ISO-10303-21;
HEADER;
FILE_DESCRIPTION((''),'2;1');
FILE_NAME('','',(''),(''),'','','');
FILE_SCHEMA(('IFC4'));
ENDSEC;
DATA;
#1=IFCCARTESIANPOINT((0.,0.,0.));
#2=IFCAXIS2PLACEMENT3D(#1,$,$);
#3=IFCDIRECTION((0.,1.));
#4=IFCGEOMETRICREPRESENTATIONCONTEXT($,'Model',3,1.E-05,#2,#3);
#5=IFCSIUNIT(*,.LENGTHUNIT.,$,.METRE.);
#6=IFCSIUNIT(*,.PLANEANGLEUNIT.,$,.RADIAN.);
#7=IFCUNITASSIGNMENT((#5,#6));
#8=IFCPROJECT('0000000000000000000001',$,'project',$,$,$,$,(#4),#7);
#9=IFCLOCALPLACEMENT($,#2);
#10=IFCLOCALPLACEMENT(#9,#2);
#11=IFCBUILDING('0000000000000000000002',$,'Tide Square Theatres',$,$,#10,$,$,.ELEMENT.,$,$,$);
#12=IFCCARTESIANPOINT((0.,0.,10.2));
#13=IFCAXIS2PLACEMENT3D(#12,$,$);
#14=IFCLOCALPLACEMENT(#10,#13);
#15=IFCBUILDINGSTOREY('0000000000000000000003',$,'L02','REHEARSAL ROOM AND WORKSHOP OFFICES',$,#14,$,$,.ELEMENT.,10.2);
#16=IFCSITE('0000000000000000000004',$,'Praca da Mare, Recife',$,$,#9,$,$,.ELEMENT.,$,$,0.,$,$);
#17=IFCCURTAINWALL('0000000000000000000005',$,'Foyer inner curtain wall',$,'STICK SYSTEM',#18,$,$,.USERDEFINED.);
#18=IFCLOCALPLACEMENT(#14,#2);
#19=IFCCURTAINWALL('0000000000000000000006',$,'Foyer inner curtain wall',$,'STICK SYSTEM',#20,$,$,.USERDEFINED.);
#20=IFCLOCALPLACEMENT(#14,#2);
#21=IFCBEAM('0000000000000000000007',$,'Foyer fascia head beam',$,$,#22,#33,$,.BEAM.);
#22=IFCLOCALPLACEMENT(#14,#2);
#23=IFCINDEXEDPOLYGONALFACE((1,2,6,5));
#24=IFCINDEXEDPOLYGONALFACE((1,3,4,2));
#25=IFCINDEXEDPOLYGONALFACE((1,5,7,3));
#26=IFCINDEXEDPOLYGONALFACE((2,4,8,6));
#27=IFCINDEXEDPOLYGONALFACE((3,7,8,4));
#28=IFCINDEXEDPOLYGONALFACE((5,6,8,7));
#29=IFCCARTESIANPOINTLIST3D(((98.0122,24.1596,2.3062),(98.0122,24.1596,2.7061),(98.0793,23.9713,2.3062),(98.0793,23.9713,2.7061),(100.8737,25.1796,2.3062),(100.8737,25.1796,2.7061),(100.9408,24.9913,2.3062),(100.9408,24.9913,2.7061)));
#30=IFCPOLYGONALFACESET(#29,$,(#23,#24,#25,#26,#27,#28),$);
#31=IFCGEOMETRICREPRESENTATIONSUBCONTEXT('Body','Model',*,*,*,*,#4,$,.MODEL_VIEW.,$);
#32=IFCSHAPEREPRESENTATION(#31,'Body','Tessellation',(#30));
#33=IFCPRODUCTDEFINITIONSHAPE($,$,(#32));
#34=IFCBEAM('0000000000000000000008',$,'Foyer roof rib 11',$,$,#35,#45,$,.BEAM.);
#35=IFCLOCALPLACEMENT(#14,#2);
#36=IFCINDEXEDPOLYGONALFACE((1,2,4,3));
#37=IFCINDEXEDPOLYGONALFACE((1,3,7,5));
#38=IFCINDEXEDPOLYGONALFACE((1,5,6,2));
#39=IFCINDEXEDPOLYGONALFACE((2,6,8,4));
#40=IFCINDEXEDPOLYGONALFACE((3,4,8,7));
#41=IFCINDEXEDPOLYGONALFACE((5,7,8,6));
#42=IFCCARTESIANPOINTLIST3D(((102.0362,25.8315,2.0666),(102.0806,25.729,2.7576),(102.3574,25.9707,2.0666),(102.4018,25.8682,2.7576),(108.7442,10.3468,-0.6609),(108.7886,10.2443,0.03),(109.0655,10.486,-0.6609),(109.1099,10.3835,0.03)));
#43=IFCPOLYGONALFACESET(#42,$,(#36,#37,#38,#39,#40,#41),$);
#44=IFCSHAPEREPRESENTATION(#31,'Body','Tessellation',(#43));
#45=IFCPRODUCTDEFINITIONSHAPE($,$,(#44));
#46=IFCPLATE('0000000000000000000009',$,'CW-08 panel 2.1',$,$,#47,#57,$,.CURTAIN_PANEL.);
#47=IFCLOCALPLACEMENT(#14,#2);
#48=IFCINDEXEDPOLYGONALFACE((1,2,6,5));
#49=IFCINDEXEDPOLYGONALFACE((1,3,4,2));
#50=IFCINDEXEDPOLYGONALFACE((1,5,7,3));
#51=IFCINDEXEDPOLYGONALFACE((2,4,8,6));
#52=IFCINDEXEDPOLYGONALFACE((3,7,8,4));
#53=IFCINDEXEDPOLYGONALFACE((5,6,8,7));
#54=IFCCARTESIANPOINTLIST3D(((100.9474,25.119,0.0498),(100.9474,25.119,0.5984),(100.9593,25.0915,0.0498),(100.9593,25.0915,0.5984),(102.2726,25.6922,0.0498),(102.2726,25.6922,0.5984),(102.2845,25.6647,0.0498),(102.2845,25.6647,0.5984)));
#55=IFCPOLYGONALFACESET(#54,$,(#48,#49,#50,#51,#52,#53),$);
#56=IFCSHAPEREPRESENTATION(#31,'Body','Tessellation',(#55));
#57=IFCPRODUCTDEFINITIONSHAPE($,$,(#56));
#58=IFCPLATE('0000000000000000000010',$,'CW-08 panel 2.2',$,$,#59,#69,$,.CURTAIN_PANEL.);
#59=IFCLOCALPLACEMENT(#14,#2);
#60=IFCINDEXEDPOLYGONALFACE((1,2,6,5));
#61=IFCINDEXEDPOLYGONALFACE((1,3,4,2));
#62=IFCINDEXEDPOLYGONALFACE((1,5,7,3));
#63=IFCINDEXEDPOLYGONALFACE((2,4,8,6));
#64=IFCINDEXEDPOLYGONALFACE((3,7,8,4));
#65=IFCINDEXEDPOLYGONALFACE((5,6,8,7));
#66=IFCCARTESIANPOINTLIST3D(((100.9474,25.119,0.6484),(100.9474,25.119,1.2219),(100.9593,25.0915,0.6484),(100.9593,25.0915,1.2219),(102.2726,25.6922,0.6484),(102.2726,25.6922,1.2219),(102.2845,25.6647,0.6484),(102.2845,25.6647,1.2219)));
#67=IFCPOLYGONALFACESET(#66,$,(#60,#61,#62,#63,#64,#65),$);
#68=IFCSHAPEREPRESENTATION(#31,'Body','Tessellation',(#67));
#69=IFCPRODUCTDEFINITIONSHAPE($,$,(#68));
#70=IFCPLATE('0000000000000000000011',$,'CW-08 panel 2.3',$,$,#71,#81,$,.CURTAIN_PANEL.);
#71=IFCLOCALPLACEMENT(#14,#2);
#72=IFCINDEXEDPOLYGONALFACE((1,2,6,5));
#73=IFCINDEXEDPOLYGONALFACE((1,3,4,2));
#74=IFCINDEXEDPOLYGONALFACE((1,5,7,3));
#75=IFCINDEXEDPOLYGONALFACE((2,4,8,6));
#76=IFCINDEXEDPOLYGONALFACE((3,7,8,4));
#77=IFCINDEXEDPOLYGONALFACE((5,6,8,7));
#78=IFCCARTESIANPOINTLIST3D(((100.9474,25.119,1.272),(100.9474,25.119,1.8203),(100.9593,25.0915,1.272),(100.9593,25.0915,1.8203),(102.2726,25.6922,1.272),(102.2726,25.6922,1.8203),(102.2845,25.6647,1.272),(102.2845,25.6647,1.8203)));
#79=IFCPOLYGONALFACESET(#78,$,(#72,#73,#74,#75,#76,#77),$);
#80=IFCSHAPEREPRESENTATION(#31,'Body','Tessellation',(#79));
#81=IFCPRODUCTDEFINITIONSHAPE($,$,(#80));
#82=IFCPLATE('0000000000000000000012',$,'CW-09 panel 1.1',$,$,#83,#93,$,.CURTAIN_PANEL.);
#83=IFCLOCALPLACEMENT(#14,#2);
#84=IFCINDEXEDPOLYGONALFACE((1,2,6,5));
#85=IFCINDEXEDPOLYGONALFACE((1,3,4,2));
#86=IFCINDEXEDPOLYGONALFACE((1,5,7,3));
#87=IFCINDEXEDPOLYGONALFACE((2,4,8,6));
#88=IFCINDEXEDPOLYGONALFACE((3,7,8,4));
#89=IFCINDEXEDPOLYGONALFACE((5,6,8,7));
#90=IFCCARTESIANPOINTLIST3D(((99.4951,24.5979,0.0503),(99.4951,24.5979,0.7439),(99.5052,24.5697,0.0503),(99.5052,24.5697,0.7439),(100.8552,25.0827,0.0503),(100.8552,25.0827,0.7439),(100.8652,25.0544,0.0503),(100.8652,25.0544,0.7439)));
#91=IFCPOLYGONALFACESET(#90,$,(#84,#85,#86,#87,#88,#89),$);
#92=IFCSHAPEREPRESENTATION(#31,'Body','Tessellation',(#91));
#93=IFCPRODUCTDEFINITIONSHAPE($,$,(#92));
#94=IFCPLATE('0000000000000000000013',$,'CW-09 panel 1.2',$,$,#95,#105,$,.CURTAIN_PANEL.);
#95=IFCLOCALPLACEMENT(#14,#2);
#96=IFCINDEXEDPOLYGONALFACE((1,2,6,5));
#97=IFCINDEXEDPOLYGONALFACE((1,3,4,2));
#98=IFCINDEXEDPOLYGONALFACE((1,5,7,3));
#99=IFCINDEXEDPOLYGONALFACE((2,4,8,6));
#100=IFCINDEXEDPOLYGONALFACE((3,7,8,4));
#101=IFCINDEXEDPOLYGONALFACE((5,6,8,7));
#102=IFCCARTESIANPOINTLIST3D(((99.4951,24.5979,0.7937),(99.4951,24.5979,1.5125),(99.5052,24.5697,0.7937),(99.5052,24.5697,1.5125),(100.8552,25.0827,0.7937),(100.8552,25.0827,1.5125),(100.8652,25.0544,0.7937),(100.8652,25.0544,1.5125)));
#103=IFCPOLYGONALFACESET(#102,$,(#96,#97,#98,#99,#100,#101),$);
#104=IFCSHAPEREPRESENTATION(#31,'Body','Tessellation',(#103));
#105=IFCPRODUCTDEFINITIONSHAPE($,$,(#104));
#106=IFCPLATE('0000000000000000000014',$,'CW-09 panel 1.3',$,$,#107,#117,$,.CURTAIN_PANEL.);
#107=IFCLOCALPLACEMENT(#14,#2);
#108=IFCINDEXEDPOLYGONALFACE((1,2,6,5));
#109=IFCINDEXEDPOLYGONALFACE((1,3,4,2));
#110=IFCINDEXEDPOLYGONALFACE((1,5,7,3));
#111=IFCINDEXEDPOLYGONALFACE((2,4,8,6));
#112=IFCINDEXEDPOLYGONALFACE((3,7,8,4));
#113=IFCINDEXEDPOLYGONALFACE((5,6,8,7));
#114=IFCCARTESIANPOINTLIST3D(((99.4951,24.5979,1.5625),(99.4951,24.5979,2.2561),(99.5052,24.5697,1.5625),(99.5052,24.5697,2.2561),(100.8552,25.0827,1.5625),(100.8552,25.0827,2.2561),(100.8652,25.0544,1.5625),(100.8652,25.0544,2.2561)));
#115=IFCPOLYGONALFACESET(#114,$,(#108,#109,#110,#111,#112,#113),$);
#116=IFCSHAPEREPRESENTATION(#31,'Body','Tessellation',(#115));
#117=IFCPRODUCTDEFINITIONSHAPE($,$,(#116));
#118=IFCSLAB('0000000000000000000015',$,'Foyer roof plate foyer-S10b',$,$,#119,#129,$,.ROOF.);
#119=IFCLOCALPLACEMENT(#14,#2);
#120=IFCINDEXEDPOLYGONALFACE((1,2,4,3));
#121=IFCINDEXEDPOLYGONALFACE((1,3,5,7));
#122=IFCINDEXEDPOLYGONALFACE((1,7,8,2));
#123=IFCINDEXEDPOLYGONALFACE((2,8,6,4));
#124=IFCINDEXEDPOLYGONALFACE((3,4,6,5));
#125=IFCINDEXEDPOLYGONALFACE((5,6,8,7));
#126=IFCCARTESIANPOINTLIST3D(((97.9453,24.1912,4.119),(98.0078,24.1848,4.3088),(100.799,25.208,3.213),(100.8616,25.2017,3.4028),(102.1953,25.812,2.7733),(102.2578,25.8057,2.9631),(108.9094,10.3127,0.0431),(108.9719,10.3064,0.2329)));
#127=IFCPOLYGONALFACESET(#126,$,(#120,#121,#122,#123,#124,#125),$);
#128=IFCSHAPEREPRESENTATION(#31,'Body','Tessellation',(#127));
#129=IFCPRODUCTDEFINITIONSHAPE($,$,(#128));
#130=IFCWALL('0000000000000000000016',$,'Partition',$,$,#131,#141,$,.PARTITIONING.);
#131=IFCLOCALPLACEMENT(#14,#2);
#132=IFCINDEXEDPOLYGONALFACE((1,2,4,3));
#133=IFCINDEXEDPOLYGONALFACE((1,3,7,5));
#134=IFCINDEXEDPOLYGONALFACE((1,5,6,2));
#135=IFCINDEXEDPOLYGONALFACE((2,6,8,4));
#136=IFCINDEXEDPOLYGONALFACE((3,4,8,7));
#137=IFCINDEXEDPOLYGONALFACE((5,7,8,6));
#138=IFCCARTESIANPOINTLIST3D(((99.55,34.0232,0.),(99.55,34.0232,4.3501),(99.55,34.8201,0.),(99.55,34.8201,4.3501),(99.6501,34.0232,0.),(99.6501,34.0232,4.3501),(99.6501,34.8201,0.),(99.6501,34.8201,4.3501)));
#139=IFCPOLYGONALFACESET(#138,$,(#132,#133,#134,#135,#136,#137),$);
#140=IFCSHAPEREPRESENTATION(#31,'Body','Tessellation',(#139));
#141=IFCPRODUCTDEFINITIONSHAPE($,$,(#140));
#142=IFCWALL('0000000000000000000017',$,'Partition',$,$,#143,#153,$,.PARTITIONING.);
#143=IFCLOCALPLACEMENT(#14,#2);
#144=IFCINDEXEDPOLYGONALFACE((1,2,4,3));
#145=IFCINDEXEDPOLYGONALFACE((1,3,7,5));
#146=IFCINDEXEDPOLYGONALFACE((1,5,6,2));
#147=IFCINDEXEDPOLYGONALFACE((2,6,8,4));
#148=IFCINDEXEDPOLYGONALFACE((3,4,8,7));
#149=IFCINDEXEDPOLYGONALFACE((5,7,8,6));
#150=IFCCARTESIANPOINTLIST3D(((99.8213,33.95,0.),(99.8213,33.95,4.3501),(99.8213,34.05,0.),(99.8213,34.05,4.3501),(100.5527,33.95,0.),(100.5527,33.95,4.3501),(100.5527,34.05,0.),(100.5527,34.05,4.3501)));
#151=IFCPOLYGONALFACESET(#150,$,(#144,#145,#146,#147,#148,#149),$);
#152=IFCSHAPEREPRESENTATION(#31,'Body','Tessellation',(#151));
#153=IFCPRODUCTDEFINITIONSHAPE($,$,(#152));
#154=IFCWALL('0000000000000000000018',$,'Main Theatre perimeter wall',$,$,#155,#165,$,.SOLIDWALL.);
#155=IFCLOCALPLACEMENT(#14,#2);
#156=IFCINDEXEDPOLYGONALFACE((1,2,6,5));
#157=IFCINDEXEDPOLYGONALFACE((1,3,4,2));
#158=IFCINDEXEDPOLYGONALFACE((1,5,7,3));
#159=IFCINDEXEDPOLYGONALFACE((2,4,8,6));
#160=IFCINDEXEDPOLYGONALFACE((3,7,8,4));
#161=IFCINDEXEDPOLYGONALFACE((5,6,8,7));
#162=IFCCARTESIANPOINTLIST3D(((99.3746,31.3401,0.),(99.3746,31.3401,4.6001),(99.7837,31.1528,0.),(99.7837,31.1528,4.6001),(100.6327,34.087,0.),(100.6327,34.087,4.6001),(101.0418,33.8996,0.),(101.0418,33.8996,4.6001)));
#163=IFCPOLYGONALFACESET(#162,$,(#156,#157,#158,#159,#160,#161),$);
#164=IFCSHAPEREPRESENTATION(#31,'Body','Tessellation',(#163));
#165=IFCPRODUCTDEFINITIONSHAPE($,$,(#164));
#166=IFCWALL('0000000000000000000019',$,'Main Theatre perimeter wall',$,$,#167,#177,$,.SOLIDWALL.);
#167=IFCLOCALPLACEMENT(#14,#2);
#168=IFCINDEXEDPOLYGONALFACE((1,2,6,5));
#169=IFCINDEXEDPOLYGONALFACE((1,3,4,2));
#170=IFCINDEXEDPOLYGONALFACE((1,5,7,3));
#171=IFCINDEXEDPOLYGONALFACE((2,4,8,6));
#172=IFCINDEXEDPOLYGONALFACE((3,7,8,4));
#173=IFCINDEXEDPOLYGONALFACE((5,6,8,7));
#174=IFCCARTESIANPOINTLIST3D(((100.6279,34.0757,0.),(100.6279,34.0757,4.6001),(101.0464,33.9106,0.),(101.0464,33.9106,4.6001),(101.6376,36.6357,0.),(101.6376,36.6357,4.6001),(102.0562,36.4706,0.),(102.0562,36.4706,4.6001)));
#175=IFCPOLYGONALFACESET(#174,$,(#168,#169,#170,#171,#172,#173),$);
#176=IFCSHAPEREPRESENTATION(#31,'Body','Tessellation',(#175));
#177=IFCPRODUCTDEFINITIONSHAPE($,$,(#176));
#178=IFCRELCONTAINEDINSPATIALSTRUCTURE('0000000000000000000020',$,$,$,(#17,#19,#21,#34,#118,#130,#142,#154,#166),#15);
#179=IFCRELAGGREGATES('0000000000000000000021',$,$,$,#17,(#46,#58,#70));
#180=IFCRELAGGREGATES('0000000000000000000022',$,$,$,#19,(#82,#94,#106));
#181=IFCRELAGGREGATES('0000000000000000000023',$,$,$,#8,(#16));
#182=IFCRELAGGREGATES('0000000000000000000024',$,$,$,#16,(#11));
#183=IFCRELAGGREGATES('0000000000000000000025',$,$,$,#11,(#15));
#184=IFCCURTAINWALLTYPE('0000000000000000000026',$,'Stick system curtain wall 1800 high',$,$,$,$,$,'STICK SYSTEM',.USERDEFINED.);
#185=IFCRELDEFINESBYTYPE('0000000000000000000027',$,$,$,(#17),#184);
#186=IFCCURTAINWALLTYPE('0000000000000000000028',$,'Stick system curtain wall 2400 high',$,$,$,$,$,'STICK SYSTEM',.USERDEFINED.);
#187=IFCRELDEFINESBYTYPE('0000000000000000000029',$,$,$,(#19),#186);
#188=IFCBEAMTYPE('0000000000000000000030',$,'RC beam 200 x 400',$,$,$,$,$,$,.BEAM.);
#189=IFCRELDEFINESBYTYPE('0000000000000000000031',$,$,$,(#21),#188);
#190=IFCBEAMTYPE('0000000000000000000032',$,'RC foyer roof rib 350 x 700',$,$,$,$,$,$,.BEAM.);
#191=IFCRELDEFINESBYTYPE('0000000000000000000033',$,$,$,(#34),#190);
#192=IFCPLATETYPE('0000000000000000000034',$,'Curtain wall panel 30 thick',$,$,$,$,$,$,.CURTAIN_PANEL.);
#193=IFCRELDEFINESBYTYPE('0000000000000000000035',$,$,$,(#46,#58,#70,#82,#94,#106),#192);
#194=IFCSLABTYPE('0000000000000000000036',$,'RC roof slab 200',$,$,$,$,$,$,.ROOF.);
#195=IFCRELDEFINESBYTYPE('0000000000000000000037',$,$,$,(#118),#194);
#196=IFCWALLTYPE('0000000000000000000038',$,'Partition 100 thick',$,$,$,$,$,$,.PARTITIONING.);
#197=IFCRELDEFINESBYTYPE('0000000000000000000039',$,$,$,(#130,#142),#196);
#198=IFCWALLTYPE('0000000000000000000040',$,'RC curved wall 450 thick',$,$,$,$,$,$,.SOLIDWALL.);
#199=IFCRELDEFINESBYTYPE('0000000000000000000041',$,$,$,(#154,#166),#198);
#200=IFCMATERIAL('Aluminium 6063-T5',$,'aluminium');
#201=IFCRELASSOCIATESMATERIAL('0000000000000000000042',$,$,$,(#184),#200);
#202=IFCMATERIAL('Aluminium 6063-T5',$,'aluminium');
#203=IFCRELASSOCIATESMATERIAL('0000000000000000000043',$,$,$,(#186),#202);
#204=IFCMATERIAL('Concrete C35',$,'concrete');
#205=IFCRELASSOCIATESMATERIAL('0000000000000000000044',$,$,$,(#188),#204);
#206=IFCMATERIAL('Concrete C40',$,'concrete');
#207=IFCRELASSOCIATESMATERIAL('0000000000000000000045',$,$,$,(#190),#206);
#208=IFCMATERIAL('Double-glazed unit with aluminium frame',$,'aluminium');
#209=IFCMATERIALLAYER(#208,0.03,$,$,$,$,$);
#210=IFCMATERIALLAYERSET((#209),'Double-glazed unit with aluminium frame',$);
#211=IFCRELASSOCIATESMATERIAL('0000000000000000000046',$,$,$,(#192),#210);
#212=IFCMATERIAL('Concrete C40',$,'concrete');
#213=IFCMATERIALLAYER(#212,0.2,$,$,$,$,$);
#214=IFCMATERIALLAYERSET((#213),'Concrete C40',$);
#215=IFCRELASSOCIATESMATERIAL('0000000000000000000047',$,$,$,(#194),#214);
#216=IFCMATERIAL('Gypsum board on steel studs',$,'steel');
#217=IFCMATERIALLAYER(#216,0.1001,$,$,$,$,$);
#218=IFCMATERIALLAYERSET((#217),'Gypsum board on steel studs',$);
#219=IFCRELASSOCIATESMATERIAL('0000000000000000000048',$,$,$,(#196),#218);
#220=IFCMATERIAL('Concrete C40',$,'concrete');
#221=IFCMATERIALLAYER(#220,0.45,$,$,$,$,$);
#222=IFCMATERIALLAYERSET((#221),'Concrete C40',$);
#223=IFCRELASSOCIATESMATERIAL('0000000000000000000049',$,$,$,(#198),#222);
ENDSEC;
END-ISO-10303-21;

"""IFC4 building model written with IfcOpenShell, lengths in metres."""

from ifc_helpers import new_model, si_unit, direction, frame, frame_2d, origin, origin_2d, place, context, subcontext, project, spatial, polyline, rectangle, outline, extrude, material, layer, layer_set, material_profile, profile_set, type_object, element, aggregate, save


model = new_model("IFC4")

# Units and contexts
model_context = context("Model", 3, precision=1e-05, world=origin(), true_north=direction((0.0, 1.0)))
body_context = subcontext(model_context, "Body", "Model", "MODEL_VIEW")
ifc_project = project(units=[si_unit("LENGTHUNIT", "METRE"), si_unit("PLANEANGLEUNIT", "RADIAN")], contexts=[model_context])

# Site, building, storey
site_placement = place(None, origin())
site = spatial("IfcSite", under=ifc_project, at=site_placement, Name="Praca da Mare, Recife", CompositionType="ELEMENT", RefElevation=0.0)
building_placement = place(site_placement, origin())
building = spatial("IfcBuilding", under=site, at=building_placement, Name="Tide Square Theatres", CompositionType="ELEMENT")
storey_placement = place(building_placement, frame((0.0, 0.0, 10.2)))
storey = spatial("IfcBuildingStorey", under=building, at=storey_placement, Name="L02", Description="REHEARSAL ROOM AND WORKSHOP OFFICES", CompositionType="ELEMENT", Elevation=10.2)

# Curtain walls
ifc_material_1 = material(Name="Aluminium 6063-T5", Category="aluminium")
curtain_wall_type_1 = type_object("IfcCurtainWallType", Name="Stick system curtain wall 1800 high", ElementType="STICK SYSTEM", PredefinedType="USERDEFINED", material=ifc_material_1)
curtain_wall_1_placement = place(storey_placement, origin())
curtain_wall_1 = element("IfcCurtainWall", 1, at=curtain_wall_1_placement, inside=storey, type_object=curtain_wall_type_1, Name="Foyer inner curtain wall", ObjectType="STICK SYSTEM", PredefinedType="USERDEFINED")
ifc_material_2 = material(Name="Aluminium 6063-T5", Category="aluminium")
curtain_wall_type_2 = type_object("IfcCurtainWallType", Name="Stick system curtain wall 2400 high", ElementType="STICK SYSTEM", PredefinedType="USERDEFINED", material=ifc_material_2)
curtain_wall_2_placement = place(storey_placement, origin())
curtain_wall_2 = element("IfcCurtainWall", 2, at=curtain_wall_2_placement, inside=storey, type_object=curtain_wall_type_2, Name="Foyer inner curtain wall", ObjectType="STICK SYSTEM", PredefinedType="USERDEFINED")

# Beams
ifc_material_3 = material(Name="Concrete C35", Category="concrete")
ifc_material_profile_1 = material_profile(ifc_material_3, rectangle(XDim=0.2, YDim=0.3999, at=origin_2d()))
ifc_profile_set_1 = profile_set([ifc_material_profile_1], Name="Concrete C35")
beam_type_1 = type_object("IfcBeamType", Name="RC beam 200 x 400", PredefinedType="BEAM", material=ifc_profile_set_1)
beam_1_placement = place(storey_placement, frame((100.9072, 25.0854, 2.5061), z_axis=(-0.941947, -0.335761, 0.0), x_axis=(0.335761, -0.941947, 0.0)))
element("IfcBeam", 3, at=beam_1_placement, inside=storey, type_object=beam_type_1, Name="Foyer fascia head beam", PredefinedType="BEAM", context=body_context, shape_type="SweptSolid", body=[
    extrude(rectangle(XDim=0.2, YDim=0.3999, at=origin_2d()), origin(), (0.0, 0.0, 1.0), 3.0378),
])
ifc_material_4 = material(Name="Concrete C40", Category="concrete")
ifc_material_profile_2 = material_profile(ifc_material_4, rectangle(XDim=0.3501, YDim=0.7, at=origin_2d()))
ifc_profile_set_2 = profile_set([ifc_material_profile_2], Name="Concrete C40")
beam_type_2 = type_object("IfcBeamType", Name="RC foyer roof rib 350 x 700", PredefinedType="BEAM", material=ifc_profile_set_2)
beam_2_placement = place(storey_placement, frame((102.219, 25.8499, 2.4121), z_axis=(0.392415, -0.905843, -0.15956), x_axis=(0.917599, 0.397508, 0.0)))
element("IfcBeam", 4, at=beam_2_placement, inside=storey, type_object=beam_type_2, Name="Foyer roof rib 11", PredefinedType="BEAM", context=body_context, shape_type="SweptSolid", body=[
    extrude(rectangle(XDim=0.3501, YDim=0.7, at=origin_2d()), origin(), (0.0, 0.0, 1.0), 17.0942),
])

# Plates
ifc_material_5 = material(Name="Double-glazed unit with aluminium frame", Category="aluminium")
ifc_layer_1 = layer(ifc_material_5, 0.03)
ifc_layer_set_1 = layer_set([ifc_layer_1], Name="Double-glazed unit with aluminium frame")
plate_type = type_object("IfcPlateType", Name="Curtain wall panel 30 thick", PredefinedType="CURTAIN_PANEL", material=ifc_layer_set_1)
plate_1_placement = place(storey_placement, frame((101.616, 25.3918, 0.0498), z_axis=(0.0, 0.0, 1.0), x_axis=(-0.917827, -0.39698, 0.0)))
plate_1 = element("IfcPlate", 5, at=plate_1_placement, type_object=plate_type, Name="CW-08 panel 2.1", PredefinedType="CURTAIN_PANEL", context=body_context, shape_type="SweptSolid", body=[
    extrude(rectangle(XDim=1.4438, YDim=0.03, at=origin_2d()), origin(), (0.0, 0.0, 1.0), 0.5486),
])
plate_2_placement = place(storey_placement, frame((101.616, 25.3918, 0.6484), z_axis=(0.0, 0.0, 1.0), x_axis=(-0.917827, -0.39698, 0.0)))
plate_2 = element("IfcPlate", 6, at=plate_2_placement, type_object=plate_type, Name="CW-08 panel 2.2", PredefinedType="CURTAIN_PANEL", context=body_context, shape_type="SweptSolid", body=[
    extrude(rectangle(XDim=1.4438, YDim=0.03, at=origin_2d()), origin(), (0.0, 0.0, 1.0), 0.5735),
])
plate_3_placement = place(storey_placement, frame((101.616, 25.3918, 1.272), z_axis=(0.0, 0.0, 1.0), x_axis=(-0.917827, -0.39698, 0.0)))
plate_3 = element("IfcPlate", 7, at=plate_3_placement, type_object=plate_type, Name="CW-08 panel 2.3", PredefinedType="CURTAIN_PANEL", context=body_context, shape_type="SweptSolid", body=[
    extrude(rectangle(XDim=1.4438, YDim=0.03, at=origin_2d()), origin(), (0.0, 0.0, 1.0), 0.5483),
])
aggregate(curtain_wall_1, [plate_1, plate_2, plate_3])
plate_4_placement = place(storey_placement, frame((100.1802, 24.8262, 0.0503), z_axis=(0.0, 0.0, 1.0), x_axis=(-0.941961, -0.335723, 0.0)))
plate_4 = element("IfcPlate", 8, at=plate_4_placement, type_object=plate_type, Name="CW-09 panel 1.1", PredefinedType="CURTAIN_PANEL", context=body_context, shape_type="SweptSolid", body=[
    extrude(rectangle(XDim=1.4438, YDim=0.03, at=origin_2d()), origin(), (0.0, 0.0, 1.0), 0.6936),
])
plate_5_placement = place(storey_placement, frame((100.1802, 24.8262, 0.7937), z_axis=(0.0, 0.0, 1.0), x_axis=(-0.941961, -0.335723, 0.0)))
plate_5 = element("IfcPlate", 9, at=plate_5_placement, type_object=plate_type, Name="CW-09 panel 1.2", PredefinedType="CURTAIN_PANEL", context=body_context, shape_type="SweptSolid", body=[
    extrude(rectangle(XDim=1.4438, YDim=0.03, at=origin_2d()), origin(), (0.0, 0.0, 1.0), 0.7188),
])
plate_6_placement = place(storey_placement, frame((100.1802, 24.8262, 1.5625), z_axis=(0.0, 0.0, 1.0), x_axis=(-0.941961, -0.335723, 0.0)))
plate_6 = element("IfcPlate", 10, at=plate_6_placement, type_object=plate_type, Name="CW-09 panel 1.3", PredefinedType="CURTAIN_PANEL", context=body_context, shape_type="SweptSolid", body=[
    extrude(rectangle(XDim=1.4438, YDim=0.03, at=origin_2d()), origin(), (0.0, 0.0, 1.0), 0.6936),
])
aggregate(curtain_wall_2, [plate_4, plate_5, plate_6])

# Slab
ifc_material_6 = material(Name="Concrete C40", Category="concrete")
ifc_layer_2 = layer(ifc_material_6, 0.2)
ifc_layer_set_2 = layer_set([ifc_layer_2], Name="Concrete C40")
slab_type = type_object("IfcSlabType", Name="RC roof slab 200", PredefinedType="ROOF", material=ifc_layer_set_2)
slab_placement = place(storey_placement, frame((100.8616, 25.2017, 3.4028), z_axis=(0.312703, -0.031764, 0.94932), x_axis=(-0.902495, -0.321575, 0.286519)))
element("IfcSlab", 11, at=slab_placement, inside=storey, type_object=slab_type, Name="Foyer roof plate foyer-S10b", PredefinedType="ROOF", context=body_context, shape_type="SweptSolid", body=[
    extrude(outline(polyline([(0.0, 0.0), (3.1621, 0.0), (-3.4379, 16.9079), (-1.5803, -0.1012), (0.0, 0.0)])), origin(), (0.0, 0.0, -1.0), 0.2),
])

# Walls
ifc_material_7 = material(Name="Gypsum board on steel studs", Category="steel")
ifc_layer_3 = layer(ifc_material_7, 0.1001)
ifc_layer_set_3 = layer_set([ifc_layer_3], Name="Gypsum board on steel studs")
wall_type_1 = type_object("IfcWallType", Name="Partition 100 thick", PredefinedType="PARTITIONING", material=ifc_layer_set_3)
wall_1_placement = place(storey_placement, frame((99.6001, 34.0232, 0.0), z_axis=(0.0, 0.0, 1.0), x_axis=(0.0, 1.0, 0.0)))
element("IfcWall", 12, at=wall_1_placement, inside=storey, type_object=wall_type_1, Name="Partition", PredefinedType="PARTITIONING", context=body_context, shape_type="SweptSolid", body=[
    extrude(rectangle(XDim=0.7969, YDim=0.1001, at=frame_2d((0.3984, 0.0))), origin(), (0.0, 0.0, 1.0), 4.3501),
])
wall_2_placement = place(storey_placement, frame((100.5527, 34.0, 0.0), z_axis=(0.0, 0.0, 1.0), x_axis=(-1.0, 0.0, 0.0)))
element("IfcWall", 13, at=wall_2_placement, inside=storey, type_object=wall_type_1, Name="Partition", PredefinedType="PARTITIONING", context=body_context, shape_type="SweptSolid", body=[
    extrude(rectangle(XDim=0.7314, YDim=0.1001, at=frame_2d((0.3657, 0.0))), origin(), (0.0, 0.0, 1.0), 4.3501),
])
ifc_material_8 = material(Name="Concrete C40", Category="concrete")
ifc_layer_4 = layer(ifc_material_8, 0.45)
ifc_layer_set_4 = layer_set([ifc_layer_4], Name="Concrete C40")
wall_type_2 = type_object("IfcWallType", Name="RC curved wall 450 thick", PredefinedType="SOLIDWALL", material=ifc_layer_set_4)
wall_3_placement = place(storey_placement, frame((99.5791, 31.2463, 0.0), z_axis=(0.0, 0.0, 1.0), x_axis=(0.416407, 0.909178, 0.0)))
element("IfcWall", 14, at=wall_3_placement, inside=storey, type_object=wall_type_2, Name="Main Theatre perimeter wall", PredefinedType="SOLIDWALL", context=body_context, shape_type="SweptSolid", body=[
    extrude(rectangle(XDim=3.0212, YDim=0.45, at=frame_2d((1.5107, 0.0))), origin(), (0.0, 0.0, 1.0), 4.6001),
])
wall_4_placement = place(storey_placement, frame((100.8372, 33.9932, 0.0), z_axis=(0.0, 0.0, 1.0), x_axis=(0.36692, 0.930252, 0.0)))
element("IfcWall", 15, at=wall_4_placement, inside=storey, type_object=wall_type_2, Name="Main Theatre perimeter wall", PredefinedType="SOLIDWALL", context=body_context, shape_type="SweptSolid", body=[
    extrude(rectangle(XDim=2.752, YDim=0.45, at=frame_2d((1.376, 0.0))), origin(), (0.0, 0.0, 1.0), 4.6001),
])

save(model, "model.ifc")
